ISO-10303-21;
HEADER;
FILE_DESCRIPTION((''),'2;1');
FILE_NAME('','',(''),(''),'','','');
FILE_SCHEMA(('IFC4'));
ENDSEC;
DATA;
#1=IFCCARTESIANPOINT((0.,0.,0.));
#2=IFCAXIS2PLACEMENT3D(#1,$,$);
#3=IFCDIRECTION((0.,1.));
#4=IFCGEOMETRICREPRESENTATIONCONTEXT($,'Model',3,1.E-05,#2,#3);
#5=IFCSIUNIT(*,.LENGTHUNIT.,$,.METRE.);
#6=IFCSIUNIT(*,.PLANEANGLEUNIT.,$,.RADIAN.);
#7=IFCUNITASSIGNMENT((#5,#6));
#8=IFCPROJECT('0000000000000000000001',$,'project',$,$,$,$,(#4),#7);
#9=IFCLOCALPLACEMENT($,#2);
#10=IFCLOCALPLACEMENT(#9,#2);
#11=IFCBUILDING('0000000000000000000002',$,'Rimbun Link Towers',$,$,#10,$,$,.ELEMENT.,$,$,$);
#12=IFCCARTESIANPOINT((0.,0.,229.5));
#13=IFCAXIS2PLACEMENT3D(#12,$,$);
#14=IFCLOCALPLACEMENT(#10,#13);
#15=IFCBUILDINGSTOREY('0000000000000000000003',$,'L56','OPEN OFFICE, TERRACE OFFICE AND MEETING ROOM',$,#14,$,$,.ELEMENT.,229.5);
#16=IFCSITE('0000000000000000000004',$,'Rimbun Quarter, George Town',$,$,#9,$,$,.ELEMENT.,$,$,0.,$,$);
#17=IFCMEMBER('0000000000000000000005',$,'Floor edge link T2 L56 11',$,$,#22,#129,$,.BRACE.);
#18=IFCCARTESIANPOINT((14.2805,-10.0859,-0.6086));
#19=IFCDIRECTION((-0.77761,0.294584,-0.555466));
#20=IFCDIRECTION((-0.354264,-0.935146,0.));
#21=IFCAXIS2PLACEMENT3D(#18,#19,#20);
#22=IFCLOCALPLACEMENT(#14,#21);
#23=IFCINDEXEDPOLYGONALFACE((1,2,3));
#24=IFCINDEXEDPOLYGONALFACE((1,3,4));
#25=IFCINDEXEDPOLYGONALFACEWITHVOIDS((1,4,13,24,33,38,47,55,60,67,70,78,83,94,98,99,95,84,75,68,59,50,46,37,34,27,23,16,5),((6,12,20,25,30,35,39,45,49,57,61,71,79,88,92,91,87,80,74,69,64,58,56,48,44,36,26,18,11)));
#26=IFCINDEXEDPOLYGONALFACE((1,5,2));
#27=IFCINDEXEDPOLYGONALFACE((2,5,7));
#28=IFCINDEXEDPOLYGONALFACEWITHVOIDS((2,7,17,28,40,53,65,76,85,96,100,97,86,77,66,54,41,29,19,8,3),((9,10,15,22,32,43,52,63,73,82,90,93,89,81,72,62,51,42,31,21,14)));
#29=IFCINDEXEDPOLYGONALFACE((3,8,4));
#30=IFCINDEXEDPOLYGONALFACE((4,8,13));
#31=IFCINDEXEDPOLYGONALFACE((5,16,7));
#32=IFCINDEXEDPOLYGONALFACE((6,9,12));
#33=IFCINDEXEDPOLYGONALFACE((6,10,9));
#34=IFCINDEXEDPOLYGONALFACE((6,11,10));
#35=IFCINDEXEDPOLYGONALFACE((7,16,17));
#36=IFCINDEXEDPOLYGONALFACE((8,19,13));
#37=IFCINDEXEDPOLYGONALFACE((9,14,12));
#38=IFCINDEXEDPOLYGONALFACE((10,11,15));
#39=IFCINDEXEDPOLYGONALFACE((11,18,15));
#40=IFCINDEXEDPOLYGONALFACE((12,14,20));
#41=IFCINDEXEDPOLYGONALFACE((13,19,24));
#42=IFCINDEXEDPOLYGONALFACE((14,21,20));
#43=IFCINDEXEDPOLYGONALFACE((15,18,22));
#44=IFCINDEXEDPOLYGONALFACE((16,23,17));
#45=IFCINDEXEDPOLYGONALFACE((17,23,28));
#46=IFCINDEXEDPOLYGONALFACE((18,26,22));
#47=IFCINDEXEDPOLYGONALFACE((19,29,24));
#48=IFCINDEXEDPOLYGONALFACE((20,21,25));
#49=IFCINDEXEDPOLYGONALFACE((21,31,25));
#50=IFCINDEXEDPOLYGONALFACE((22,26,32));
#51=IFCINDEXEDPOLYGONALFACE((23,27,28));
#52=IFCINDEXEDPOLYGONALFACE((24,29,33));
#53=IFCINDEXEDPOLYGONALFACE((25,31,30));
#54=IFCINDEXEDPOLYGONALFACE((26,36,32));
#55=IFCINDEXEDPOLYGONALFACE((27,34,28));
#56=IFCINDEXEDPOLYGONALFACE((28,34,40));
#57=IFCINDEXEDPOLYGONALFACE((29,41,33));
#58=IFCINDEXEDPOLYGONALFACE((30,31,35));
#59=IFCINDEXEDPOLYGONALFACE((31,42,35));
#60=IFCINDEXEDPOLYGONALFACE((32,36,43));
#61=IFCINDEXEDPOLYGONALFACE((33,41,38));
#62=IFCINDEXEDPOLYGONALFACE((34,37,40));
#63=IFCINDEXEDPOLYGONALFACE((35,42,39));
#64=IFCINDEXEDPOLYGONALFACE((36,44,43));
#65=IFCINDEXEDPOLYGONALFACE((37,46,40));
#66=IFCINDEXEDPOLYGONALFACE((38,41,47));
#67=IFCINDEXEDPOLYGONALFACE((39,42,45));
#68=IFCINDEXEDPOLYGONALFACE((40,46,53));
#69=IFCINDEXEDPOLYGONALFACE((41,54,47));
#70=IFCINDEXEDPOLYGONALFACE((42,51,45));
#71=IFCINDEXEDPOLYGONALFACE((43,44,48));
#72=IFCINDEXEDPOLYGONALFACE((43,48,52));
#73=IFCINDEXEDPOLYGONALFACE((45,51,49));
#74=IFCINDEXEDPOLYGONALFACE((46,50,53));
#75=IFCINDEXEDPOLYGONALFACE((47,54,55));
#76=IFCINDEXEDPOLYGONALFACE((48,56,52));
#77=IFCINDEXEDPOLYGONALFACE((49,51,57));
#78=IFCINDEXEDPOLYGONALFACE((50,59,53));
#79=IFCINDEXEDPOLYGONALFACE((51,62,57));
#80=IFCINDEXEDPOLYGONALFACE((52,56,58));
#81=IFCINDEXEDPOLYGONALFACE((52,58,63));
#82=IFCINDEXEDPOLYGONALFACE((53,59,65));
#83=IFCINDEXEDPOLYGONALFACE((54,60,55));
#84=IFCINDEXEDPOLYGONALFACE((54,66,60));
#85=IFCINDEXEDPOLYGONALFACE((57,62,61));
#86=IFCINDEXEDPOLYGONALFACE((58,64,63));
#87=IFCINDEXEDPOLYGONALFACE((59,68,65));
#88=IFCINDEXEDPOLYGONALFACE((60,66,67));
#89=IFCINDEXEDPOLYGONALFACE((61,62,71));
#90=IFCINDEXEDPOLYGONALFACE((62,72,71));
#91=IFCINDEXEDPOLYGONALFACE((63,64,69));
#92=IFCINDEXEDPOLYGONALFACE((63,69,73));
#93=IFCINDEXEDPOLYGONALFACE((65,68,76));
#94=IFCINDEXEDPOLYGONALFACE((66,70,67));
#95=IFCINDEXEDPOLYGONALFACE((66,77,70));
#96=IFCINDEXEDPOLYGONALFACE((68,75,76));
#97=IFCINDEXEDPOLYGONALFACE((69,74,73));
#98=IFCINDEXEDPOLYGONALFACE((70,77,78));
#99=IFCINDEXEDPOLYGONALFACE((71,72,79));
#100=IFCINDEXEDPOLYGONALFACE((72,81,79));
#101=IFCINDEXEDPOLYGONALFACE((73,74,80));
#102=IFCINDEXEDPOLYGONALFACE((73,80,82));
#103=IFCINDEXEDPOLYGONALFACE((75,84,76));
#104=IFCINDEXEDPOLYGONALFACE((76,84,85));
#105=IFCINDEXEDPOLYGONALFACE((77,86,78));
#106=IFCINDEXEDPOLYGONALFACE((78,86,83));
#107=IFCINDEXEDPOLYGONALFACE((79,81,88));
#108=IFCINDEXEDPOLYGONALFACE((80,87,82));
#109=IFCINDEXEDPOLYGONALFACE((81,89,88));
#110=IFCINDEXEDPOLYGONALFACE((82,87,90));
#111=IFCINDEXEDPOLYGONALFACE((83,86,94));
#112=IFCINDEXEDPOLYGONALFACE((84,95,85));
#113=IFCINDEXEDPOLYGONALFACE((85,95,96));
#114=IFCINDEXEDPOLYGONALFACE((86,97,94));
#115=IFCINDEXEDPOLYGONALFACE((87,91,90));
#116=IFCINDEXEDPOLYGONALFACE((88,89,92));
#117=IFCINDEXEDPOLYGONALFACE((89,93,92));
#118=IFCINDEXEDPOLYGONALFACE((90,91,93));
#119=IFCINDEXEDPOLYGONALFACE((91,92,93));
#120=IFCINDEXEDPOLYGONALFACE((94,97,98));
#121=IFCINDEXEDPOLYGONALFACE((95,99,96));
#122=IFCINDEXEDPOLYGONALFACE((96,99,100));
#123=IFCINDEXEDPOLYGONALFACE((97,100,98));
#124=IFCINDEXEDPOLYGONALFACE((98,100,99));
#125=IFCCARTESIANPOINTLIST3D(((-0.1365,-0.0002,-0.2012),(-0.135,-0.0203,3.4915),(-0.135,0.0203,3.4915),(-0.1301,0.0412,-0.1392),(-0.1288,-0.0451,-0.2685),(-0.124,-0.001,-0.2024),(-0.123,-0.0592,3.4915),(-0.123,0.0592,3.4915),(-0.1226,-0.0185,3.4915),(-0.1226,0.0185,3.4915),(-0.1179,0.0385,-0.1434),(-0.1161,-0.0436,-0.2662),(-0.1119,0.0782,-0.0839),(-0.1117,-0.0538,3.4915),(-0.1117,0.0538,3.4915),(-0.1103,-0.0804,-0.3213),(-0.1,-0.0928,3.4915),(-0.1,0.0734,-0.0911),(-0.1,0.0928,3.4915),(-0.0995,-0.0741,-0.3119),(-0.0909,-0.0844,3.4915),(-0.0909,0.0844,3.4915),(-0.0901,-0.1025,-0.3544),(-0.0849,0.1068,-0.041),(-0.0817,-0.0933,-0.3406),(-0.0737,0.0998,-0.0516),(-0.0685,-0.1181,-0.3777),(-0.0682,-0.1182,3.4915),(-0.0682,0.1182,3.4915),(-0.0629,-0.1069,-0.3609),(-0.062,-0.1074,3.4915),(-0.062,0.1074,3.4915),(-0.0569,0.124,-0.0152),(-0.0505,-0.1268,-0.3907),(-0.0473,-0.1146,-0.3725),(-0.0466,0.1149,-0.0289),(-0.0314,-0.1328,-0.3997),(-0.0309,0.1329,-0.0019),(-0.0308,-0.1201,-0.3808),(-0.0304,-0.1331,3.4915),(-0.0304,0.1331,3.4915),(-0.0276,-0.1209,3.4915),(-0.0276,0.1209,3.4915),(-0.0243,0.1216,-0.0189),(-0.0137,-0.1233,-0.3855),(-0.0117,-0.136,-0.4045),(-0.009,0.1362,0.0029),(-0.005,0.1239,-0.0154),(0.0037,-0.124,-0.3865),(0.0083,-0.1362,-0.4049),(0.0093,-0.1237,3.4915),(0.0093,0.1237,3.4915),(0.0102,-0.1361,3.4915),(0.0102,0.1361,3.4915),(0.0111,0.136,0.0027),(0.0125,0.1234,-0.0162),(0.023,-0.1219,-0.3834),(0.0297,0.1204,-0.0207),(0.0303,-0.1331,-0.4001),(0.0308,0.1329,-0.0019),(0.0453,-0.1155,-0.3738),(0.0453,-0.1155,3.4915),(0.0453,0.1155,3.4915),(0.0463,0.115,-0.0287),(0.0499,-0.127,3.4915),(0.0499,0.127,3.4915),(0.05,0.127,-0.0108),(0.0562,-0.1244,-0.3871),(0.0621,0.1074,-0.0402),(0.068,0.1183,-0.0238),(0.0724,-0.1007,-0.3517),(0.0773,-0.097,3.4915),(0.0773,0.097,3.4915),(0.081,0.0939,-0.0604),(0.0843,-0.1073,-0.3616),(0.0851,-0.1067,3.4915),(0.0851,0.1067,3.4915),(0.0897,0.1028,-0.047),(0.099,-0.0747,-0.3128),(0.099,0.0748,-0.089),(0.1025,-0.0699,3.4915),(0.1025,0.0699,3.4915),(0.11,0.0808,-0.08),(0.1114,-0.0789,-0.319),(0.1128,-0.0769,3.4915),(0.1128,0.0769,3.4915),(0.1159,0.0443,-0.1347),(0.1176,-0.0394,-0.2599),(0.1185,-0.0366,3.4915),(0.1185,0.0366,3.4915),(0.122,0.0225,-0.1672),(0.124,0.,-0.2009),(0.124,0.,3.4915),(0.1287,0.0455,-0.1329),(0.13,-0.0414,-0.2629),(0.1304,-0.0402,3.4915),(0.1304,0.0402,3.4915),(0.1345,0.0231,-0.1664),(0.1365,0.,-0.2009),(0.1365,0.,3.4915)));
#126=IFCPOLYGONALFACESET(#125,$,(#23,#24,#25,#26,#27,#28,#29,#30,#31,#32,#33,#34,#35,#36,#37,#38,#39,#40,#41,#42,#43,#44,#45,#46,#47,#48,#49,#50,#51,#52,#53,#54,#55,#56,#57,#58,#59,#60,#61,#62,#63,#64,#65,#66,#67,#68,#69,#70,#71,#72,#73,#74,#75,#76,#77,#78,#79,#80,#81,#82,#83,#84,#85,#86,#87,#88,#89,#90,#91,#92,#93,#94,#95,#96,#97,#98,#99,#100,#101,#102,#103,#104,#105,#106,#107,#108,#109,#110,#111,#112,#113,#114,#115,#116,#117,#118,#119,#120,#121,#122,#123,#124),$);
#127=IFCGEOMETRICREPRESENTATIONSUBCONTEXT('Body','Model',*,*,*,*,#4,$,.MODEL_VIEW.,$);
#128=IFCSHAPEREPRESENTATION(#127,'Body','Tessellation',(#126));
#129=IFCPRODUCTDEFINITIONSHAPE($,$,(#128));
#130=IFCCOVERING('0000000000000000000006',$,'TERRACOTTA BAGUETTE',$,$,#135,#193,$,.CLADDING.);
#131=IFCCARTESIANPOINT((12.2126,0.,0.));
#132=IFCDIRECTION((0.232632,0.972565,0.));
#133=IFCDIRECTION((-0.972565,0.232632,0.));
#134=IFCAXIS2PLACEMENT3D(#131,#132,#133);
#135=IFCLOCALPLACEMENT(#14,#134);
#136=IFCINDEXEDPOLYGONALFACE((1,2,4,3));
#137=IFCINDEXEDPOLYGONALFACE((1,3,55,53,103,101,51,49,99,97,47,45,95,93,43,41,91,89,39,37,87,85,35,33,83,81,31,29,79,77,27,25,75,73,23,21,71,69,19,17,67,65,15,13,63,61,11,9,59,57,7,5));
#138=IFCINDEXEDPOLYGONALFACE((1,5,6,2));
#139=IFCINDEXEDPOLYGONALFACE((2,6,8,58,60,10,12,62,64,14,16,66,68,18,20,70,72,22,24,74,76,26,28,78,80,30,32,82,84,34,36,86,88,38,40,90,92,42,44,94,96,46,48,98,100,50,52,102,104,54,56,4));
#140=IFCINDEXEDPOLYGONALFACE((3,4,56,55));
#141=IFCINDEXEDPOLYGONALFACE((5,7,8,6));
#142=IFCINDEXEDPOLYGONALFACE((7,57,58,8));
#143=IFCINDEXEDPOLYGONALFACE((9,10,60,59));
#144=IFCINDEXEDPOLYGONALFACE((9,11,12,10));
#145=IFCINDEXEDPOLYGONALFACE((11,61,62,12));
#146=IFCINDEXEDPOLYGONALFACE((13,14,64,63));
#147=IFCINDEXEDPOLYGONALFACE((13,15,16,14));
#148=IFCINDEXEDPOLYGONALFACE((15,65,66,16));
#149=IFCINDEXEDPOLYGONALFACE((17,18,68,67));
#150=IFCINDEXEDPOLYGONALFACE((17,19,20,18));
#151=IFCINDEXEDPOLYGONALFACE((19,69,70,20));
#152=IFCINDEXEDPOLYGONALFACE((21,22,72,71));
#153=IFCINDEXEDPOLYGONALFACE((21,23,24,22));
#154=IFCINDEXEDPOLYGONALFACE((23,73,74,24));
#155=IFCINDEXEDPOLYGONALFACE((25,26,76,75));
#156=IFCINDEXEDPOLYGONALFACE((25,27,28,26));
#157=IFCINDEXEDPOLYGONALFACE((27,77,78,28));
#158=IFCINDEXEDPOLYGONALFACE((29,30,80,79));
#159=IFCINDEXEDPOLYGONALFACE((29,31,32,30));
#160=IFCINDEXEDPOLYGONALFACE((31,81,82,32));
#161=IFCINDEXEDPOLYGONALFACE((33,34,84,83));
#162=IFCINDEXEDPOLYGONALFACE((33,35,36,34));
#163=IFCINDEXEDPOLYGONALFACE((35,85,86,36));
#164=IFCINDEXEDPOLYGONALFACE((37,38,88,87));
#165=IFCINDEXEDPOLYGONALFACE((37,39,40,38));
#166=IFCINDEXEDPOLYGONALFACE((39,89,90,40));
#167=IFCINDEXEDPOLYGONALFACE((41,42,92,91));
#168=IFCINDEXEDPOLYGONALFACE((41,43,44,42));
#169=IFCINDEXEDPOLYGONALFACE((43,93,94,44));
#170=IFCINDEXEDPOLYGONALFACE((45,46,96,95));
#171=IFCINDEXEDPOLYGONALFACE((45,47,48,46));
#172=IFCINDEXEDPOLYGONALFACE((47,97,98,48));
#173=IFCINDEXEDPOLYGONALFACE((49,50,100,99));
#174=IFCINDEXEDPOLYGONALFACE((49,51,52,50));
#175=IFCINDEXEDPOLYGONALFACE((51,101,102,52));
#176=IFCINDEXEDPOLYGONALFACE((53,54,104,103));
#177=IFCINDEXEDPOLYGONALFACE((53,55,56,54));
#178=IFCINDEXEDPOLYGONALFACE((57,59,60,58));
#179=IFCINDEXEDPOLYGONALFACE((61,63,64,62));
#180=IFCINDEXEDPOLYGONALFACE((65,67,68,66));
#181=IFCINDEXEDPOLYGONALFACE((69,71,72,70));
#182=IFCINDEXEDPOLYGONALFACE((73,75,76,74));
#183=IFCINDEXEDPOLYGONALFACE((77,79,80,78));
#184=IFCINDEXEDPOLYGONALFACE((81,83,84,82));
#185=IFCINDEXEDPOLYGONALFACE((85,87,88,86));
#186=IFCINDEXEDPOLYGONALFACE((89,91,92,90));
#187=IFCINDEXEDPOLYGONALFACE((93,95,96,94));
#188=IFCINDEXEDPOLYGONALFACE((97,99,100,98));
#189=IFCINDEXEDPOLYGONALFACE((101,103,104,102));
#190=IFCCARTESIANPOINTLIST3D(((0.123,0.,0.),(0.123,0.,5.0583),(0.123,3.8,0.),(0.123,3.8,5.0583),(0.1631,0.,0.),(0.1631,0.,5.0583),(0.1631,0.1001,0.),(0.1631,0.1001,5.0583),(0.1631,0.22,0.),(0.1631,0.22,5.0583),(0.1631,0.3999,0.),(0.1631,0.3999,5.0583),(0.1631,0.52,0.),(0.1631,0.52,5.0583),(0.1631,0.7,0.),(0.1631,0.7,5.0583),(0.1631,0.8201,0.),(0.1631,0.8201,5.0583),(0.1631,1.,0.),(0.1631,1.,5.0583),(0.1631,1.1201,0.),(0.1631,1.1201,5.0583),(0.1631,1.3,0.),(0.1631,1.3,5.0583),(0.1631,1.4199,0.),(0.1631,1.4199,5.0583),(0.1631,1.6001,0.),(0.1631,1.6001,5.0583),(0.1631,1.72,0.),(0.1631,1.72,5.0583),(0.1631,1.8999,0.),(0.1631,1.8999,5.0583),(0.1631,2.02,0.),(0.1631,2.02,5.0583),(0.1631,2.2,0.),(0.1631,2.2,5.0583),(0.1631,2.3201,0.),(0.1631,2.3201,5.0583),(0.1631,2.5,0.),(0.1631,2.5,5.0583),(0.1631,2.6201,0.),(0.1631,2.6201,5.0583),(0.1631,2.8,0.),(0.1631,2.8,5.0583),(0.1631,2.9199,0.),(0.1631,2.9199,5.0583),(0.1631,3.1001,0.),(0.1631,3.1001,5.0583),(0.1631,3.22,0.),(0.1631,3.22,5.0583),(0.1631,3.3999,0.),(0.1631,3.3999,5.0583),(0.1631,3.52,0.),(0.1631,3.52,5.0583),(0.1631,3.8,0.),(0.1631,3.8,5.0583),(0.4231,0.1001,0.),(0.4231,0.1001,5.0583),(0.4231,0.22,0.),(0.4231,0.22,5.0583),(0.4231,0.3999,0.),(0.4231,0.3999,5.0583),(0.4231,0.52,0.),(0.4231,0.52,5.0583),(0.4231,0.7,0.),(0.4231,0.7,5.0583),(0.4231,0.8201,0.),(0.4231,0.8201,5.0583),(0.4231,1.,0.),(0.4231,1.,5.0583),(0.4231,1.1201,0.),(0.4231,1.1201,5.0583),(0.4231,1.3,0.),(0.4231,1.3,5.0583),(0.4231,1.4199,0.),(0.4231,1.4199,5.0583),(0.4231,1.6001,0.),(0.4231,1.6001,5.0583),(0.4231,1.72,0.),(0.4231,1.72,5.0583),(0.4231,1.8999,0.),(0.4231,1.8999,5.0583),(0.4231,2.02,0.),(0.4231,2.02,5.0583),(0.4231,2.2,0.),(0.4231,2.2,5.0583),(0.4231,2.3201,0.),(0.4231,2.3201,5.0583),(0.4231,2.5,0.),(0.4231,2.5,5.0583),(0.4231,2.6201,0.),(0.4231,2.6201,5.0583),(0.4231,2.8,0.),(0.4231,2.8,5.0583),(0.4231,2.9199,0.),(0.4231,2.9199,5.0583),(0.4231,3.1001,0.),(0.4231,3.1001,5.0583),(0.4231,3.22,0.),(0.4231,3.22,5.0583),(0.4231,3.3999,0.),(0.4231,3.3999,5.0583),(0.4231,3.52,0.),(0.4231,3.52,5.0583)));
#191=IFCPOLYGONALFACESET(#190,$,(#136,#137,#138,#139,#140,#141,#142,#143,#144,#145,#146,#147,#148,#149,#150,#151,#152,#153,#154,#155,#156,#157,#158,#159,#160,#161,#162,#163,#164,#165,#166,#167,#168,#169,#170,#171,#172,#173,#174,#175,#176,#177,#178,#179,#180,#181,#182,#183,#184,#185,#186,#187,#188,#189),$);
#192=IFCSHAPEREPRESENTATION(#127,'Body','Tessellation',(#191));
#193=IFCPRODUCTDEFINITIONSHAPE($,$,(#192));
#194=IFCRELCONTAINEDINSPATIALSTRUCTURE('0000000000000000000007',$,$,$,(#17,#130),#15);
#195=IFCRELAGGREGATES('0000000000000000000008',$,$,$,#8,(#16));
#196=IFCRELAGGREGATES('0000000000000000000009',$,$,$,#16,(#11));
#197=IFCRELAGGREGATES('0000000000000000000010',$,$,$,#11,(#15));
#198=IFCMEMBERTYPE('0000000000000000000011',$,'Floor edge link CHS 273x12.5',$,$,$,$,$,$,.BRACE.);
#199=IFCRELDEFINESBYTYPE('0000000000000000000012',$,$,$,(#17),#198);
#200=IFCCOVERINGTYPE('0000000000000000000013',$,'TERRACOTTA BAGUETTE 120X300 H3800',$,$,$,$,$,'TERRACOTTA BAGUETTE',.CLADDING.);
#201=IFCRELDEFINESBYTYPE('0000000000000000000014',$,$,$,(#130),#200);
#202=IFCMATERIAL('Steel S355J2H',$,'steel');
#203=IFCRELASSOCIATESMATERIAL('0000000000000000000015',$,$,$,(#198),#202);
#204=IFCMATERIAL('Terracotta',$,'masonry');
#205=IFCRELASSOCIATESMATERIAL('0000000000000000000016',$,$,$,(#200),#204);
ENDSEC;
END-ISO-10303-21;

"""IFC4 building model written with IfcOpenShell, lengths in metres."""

from ifc_helpers import new_model, si_unit, direction, frame, origin, origin_2d, place, context, subcontext, project, spatial, polyline, hollow_circle, outline, extrude, clip, halfspace, material, material_profile, profile_set, type_object, element, save


model = new_model("IFC4")

# Units and contexts
model_context = context("Model", 3, precision=1e-05, world=origin(), true_north=direction((0.0, 1.0)))
body_context = subcontext(model_context, "Body", "Model", "MODEL_VIEW")
ifc_project = project(units=[si_unit("LENGTHUNIT", "METRE"), si_unit("PLANEANGLEUNIT", "RADIAN")], contexts=[model_context])

# Site, building, storey
site_placement = place(None, origin())
site = spatial("IfcSite", under=ifc_project, at=site_placement, Name="Rimbun Quarter, George Town", CompositionType="ELEMENT", RefElevation=0.0)
building_placement = place(site_placement, origin())
building = spatial("IfcBuilding", under=site, at=building_placement, Name="Rimbun Link Towers", CompositionType="ELEMENT")
storey_placement = place(building_placement, frame((0.0, 0.0, 229.5)))
storey = spatial("IfcBuildingStorey", under=building, at=storey_placement, Name="L56", Description="OPEN OFFICE, TERRACE OFFICE AND MEETING ROOM", CompositionType="ELEMENT", Elevation=229.5)

# Member
ifc_material_1 = material(Name="Steel S355J2H", Category="steel")
ifc_material_profile_1 = material_profile(ifc_material_1, hollow_circle(Radius=0.1365, WallThickness=0.0125, at=origin_2d()), Name="CHS 273x12.5")
ifc_profile_set_1 = profile_set([ifc_material_profile_1], Name="Steel S355J2H")
member_type_1 = type_object("IfcMemberType", Name="Floor edge link CHS 273x12.5", PredefinedType="BRACE", material=ifc_profile_set_1)
member_1_placement = place(storey_placement, frame((14.2805, -10.0859, -0.6086), z_axis=(-0.77761, 0.294584, -0.555466), x_axis=(-0.354264, -0.935146, 0.0)))
element("IfcMember", 1, at=member_1_placement, inside=storey, type_object=member_type_1, Name="Floor edge link T2 L56 11", PredefinedType="BRACE", context=body_context, shape_type="Clipping", body=[
    clip(extrude(hollow_circle(Radius=0.1365, WallThickness=0.0125, at=origin_2d()), frame((0.0, 0.0, -0.4268)), (0.0, 0.0, 1.0), 3.9182), halfspace(frame((0.0, 0.0, -0.2009), z_axis=(0.0, 0.831539, -0.555466)), False)),
])

# Covering
ifc_material_2 = material(Name="Terracotta", Category="masonry")
ifc_material_profile_2 = material_profile(ifc_material_2, outline(polyline([(0.123, 0.0), (0.1631, 0.0), (0.1631, 0.1001), (0.4231, 0.1001), (0.4231, 0.22), (0.1631, 0.22), (0.1631, 0.3999), (0.4231, 0.3999), (0.4231, 0.52), (0.1631, 0.52), (0.1631, 0.7), (0.4231, 0.7), (0.4231, 0.8201), (0.1631, 0.8201), (0.1631, 1.0), (0.4231, 1.0), (0.4231, 1.1201), (0.1631, 1.1201), (0.1631, 1.3), (0.4231, 1.3), (0.4231, 1.4199), (0.1631, 1.4199), (0.1631, 1.6001), (0.4231, 1.6001), (0.4231, 1.72), (0.1631, 1.72), (0.1631, 1.8999), (0.4231, 1.8999), (0.4231, 2.02), (0.1631, 2.02), (0.1631, 2.2), (0.4231, 2.2), (0.4231, 2.3201), (0.1631, 2.3201), (0.1631, 2.5), (0.4231, 2.5), (0.4231, 2.6201), (0.1631, 2.6201), (0.1631, 2.8), (0.4231, 2.8), (0.4231, 2.9199), (0.1631, 2.9199), (0.1631, 3.1001), (0.4231, 3.1001), (0.4231, 3.22), (0.1631, 3.22), (0.1631, 3.3999), (0.4231, 3.3999), (0.4231, 3.52), (0.1631, 3.52), (0.1631, 3.8), (0.123, 3.8), (0.123, 0.0)])), Name="BAGUETTE 120X300")
ifc_profile_set_2 = profile_set([ifc_material_profile_2], Name="Terracotta")
covering_type_1 = type_object("IfcCoveringType", Name="TERRACOTTA BAGUETTE 120X300 H3800", ElementType="TERRACOTTA BAGUETTE", PredefinedType="CLADDING", material=ifc_profile_set_2)
covering_1_placement = place(storey_placement, frame((12.2126, 0.0, 0.0), z_axis=(0.232632, 0.972565, 0.0), x_axis=(-0.972565, 0.232632, 0.0)))
element("IfcCovering", 2, at=covering_1_placement, inside=storey, type_object=covering_type_1, Name="TERRACOTTA BAGUETTE", PredefinedType="CLADDING", context=body_context, shape_type="SweptSolid", body=[
    extrude(outline(polyline([(0.123, 0.0), (0.1631, 0.0), (0.1631, 0.1001), (0.4231, 0.1001), (0.4231, 0.22), (0.1631, 0.22), (0.1631, 0.3999), (0.4231, 0.3999), (0.4231, 0.52), (0.1631, 0.52), (0.1631, 0.7), (0.4231, 0.7), (0.4231, 0.8201), (0.1631, 0.8201), (0.1631, 1.0), (0.4231, 1.0), (0.4231, 1.1201), (0.1631, 1.1201), (0.1631, 1.3), (0.4231, 1.3), (0.4231, 1.4199), (0.1631, 1.4199), (0.1631, 1.6001), (0.4231, 1.6001), (0.4231, 1.72), (0.1631, 1.72), (0.1631, 1.8999), (0.4231, 1.8999), (0.4231, 2.02), (0.1631, 2.02), (0.1631, 2.2), (0.4231, 2.2), (0.4231, 2.3201), (0.1631, 2.3201), (0.1631, 2.5), (0.4231, 2.5), (0.4231, 2.6201), (0.1631, 2.6201), (0.1631, 2.8), (0.4231, 2.8), (0.4231, 2.9199), (0.1631, 2.9199), (0.1631, 3.1001), (0.4231, 3.1001), (0.4231, 3.22), (0.1631, 3.22), (0.1631, 3.3999), (0.4231, 3.3999), (0.4231, 3.52), (0.1631, 3.52), (0.1631, 3.8), (0.123, 3.8), (0.123, 0.0)])), origin(), (0.0, 0.0, 1.0), 5.0583),
])

save(model, "model.ifc")
